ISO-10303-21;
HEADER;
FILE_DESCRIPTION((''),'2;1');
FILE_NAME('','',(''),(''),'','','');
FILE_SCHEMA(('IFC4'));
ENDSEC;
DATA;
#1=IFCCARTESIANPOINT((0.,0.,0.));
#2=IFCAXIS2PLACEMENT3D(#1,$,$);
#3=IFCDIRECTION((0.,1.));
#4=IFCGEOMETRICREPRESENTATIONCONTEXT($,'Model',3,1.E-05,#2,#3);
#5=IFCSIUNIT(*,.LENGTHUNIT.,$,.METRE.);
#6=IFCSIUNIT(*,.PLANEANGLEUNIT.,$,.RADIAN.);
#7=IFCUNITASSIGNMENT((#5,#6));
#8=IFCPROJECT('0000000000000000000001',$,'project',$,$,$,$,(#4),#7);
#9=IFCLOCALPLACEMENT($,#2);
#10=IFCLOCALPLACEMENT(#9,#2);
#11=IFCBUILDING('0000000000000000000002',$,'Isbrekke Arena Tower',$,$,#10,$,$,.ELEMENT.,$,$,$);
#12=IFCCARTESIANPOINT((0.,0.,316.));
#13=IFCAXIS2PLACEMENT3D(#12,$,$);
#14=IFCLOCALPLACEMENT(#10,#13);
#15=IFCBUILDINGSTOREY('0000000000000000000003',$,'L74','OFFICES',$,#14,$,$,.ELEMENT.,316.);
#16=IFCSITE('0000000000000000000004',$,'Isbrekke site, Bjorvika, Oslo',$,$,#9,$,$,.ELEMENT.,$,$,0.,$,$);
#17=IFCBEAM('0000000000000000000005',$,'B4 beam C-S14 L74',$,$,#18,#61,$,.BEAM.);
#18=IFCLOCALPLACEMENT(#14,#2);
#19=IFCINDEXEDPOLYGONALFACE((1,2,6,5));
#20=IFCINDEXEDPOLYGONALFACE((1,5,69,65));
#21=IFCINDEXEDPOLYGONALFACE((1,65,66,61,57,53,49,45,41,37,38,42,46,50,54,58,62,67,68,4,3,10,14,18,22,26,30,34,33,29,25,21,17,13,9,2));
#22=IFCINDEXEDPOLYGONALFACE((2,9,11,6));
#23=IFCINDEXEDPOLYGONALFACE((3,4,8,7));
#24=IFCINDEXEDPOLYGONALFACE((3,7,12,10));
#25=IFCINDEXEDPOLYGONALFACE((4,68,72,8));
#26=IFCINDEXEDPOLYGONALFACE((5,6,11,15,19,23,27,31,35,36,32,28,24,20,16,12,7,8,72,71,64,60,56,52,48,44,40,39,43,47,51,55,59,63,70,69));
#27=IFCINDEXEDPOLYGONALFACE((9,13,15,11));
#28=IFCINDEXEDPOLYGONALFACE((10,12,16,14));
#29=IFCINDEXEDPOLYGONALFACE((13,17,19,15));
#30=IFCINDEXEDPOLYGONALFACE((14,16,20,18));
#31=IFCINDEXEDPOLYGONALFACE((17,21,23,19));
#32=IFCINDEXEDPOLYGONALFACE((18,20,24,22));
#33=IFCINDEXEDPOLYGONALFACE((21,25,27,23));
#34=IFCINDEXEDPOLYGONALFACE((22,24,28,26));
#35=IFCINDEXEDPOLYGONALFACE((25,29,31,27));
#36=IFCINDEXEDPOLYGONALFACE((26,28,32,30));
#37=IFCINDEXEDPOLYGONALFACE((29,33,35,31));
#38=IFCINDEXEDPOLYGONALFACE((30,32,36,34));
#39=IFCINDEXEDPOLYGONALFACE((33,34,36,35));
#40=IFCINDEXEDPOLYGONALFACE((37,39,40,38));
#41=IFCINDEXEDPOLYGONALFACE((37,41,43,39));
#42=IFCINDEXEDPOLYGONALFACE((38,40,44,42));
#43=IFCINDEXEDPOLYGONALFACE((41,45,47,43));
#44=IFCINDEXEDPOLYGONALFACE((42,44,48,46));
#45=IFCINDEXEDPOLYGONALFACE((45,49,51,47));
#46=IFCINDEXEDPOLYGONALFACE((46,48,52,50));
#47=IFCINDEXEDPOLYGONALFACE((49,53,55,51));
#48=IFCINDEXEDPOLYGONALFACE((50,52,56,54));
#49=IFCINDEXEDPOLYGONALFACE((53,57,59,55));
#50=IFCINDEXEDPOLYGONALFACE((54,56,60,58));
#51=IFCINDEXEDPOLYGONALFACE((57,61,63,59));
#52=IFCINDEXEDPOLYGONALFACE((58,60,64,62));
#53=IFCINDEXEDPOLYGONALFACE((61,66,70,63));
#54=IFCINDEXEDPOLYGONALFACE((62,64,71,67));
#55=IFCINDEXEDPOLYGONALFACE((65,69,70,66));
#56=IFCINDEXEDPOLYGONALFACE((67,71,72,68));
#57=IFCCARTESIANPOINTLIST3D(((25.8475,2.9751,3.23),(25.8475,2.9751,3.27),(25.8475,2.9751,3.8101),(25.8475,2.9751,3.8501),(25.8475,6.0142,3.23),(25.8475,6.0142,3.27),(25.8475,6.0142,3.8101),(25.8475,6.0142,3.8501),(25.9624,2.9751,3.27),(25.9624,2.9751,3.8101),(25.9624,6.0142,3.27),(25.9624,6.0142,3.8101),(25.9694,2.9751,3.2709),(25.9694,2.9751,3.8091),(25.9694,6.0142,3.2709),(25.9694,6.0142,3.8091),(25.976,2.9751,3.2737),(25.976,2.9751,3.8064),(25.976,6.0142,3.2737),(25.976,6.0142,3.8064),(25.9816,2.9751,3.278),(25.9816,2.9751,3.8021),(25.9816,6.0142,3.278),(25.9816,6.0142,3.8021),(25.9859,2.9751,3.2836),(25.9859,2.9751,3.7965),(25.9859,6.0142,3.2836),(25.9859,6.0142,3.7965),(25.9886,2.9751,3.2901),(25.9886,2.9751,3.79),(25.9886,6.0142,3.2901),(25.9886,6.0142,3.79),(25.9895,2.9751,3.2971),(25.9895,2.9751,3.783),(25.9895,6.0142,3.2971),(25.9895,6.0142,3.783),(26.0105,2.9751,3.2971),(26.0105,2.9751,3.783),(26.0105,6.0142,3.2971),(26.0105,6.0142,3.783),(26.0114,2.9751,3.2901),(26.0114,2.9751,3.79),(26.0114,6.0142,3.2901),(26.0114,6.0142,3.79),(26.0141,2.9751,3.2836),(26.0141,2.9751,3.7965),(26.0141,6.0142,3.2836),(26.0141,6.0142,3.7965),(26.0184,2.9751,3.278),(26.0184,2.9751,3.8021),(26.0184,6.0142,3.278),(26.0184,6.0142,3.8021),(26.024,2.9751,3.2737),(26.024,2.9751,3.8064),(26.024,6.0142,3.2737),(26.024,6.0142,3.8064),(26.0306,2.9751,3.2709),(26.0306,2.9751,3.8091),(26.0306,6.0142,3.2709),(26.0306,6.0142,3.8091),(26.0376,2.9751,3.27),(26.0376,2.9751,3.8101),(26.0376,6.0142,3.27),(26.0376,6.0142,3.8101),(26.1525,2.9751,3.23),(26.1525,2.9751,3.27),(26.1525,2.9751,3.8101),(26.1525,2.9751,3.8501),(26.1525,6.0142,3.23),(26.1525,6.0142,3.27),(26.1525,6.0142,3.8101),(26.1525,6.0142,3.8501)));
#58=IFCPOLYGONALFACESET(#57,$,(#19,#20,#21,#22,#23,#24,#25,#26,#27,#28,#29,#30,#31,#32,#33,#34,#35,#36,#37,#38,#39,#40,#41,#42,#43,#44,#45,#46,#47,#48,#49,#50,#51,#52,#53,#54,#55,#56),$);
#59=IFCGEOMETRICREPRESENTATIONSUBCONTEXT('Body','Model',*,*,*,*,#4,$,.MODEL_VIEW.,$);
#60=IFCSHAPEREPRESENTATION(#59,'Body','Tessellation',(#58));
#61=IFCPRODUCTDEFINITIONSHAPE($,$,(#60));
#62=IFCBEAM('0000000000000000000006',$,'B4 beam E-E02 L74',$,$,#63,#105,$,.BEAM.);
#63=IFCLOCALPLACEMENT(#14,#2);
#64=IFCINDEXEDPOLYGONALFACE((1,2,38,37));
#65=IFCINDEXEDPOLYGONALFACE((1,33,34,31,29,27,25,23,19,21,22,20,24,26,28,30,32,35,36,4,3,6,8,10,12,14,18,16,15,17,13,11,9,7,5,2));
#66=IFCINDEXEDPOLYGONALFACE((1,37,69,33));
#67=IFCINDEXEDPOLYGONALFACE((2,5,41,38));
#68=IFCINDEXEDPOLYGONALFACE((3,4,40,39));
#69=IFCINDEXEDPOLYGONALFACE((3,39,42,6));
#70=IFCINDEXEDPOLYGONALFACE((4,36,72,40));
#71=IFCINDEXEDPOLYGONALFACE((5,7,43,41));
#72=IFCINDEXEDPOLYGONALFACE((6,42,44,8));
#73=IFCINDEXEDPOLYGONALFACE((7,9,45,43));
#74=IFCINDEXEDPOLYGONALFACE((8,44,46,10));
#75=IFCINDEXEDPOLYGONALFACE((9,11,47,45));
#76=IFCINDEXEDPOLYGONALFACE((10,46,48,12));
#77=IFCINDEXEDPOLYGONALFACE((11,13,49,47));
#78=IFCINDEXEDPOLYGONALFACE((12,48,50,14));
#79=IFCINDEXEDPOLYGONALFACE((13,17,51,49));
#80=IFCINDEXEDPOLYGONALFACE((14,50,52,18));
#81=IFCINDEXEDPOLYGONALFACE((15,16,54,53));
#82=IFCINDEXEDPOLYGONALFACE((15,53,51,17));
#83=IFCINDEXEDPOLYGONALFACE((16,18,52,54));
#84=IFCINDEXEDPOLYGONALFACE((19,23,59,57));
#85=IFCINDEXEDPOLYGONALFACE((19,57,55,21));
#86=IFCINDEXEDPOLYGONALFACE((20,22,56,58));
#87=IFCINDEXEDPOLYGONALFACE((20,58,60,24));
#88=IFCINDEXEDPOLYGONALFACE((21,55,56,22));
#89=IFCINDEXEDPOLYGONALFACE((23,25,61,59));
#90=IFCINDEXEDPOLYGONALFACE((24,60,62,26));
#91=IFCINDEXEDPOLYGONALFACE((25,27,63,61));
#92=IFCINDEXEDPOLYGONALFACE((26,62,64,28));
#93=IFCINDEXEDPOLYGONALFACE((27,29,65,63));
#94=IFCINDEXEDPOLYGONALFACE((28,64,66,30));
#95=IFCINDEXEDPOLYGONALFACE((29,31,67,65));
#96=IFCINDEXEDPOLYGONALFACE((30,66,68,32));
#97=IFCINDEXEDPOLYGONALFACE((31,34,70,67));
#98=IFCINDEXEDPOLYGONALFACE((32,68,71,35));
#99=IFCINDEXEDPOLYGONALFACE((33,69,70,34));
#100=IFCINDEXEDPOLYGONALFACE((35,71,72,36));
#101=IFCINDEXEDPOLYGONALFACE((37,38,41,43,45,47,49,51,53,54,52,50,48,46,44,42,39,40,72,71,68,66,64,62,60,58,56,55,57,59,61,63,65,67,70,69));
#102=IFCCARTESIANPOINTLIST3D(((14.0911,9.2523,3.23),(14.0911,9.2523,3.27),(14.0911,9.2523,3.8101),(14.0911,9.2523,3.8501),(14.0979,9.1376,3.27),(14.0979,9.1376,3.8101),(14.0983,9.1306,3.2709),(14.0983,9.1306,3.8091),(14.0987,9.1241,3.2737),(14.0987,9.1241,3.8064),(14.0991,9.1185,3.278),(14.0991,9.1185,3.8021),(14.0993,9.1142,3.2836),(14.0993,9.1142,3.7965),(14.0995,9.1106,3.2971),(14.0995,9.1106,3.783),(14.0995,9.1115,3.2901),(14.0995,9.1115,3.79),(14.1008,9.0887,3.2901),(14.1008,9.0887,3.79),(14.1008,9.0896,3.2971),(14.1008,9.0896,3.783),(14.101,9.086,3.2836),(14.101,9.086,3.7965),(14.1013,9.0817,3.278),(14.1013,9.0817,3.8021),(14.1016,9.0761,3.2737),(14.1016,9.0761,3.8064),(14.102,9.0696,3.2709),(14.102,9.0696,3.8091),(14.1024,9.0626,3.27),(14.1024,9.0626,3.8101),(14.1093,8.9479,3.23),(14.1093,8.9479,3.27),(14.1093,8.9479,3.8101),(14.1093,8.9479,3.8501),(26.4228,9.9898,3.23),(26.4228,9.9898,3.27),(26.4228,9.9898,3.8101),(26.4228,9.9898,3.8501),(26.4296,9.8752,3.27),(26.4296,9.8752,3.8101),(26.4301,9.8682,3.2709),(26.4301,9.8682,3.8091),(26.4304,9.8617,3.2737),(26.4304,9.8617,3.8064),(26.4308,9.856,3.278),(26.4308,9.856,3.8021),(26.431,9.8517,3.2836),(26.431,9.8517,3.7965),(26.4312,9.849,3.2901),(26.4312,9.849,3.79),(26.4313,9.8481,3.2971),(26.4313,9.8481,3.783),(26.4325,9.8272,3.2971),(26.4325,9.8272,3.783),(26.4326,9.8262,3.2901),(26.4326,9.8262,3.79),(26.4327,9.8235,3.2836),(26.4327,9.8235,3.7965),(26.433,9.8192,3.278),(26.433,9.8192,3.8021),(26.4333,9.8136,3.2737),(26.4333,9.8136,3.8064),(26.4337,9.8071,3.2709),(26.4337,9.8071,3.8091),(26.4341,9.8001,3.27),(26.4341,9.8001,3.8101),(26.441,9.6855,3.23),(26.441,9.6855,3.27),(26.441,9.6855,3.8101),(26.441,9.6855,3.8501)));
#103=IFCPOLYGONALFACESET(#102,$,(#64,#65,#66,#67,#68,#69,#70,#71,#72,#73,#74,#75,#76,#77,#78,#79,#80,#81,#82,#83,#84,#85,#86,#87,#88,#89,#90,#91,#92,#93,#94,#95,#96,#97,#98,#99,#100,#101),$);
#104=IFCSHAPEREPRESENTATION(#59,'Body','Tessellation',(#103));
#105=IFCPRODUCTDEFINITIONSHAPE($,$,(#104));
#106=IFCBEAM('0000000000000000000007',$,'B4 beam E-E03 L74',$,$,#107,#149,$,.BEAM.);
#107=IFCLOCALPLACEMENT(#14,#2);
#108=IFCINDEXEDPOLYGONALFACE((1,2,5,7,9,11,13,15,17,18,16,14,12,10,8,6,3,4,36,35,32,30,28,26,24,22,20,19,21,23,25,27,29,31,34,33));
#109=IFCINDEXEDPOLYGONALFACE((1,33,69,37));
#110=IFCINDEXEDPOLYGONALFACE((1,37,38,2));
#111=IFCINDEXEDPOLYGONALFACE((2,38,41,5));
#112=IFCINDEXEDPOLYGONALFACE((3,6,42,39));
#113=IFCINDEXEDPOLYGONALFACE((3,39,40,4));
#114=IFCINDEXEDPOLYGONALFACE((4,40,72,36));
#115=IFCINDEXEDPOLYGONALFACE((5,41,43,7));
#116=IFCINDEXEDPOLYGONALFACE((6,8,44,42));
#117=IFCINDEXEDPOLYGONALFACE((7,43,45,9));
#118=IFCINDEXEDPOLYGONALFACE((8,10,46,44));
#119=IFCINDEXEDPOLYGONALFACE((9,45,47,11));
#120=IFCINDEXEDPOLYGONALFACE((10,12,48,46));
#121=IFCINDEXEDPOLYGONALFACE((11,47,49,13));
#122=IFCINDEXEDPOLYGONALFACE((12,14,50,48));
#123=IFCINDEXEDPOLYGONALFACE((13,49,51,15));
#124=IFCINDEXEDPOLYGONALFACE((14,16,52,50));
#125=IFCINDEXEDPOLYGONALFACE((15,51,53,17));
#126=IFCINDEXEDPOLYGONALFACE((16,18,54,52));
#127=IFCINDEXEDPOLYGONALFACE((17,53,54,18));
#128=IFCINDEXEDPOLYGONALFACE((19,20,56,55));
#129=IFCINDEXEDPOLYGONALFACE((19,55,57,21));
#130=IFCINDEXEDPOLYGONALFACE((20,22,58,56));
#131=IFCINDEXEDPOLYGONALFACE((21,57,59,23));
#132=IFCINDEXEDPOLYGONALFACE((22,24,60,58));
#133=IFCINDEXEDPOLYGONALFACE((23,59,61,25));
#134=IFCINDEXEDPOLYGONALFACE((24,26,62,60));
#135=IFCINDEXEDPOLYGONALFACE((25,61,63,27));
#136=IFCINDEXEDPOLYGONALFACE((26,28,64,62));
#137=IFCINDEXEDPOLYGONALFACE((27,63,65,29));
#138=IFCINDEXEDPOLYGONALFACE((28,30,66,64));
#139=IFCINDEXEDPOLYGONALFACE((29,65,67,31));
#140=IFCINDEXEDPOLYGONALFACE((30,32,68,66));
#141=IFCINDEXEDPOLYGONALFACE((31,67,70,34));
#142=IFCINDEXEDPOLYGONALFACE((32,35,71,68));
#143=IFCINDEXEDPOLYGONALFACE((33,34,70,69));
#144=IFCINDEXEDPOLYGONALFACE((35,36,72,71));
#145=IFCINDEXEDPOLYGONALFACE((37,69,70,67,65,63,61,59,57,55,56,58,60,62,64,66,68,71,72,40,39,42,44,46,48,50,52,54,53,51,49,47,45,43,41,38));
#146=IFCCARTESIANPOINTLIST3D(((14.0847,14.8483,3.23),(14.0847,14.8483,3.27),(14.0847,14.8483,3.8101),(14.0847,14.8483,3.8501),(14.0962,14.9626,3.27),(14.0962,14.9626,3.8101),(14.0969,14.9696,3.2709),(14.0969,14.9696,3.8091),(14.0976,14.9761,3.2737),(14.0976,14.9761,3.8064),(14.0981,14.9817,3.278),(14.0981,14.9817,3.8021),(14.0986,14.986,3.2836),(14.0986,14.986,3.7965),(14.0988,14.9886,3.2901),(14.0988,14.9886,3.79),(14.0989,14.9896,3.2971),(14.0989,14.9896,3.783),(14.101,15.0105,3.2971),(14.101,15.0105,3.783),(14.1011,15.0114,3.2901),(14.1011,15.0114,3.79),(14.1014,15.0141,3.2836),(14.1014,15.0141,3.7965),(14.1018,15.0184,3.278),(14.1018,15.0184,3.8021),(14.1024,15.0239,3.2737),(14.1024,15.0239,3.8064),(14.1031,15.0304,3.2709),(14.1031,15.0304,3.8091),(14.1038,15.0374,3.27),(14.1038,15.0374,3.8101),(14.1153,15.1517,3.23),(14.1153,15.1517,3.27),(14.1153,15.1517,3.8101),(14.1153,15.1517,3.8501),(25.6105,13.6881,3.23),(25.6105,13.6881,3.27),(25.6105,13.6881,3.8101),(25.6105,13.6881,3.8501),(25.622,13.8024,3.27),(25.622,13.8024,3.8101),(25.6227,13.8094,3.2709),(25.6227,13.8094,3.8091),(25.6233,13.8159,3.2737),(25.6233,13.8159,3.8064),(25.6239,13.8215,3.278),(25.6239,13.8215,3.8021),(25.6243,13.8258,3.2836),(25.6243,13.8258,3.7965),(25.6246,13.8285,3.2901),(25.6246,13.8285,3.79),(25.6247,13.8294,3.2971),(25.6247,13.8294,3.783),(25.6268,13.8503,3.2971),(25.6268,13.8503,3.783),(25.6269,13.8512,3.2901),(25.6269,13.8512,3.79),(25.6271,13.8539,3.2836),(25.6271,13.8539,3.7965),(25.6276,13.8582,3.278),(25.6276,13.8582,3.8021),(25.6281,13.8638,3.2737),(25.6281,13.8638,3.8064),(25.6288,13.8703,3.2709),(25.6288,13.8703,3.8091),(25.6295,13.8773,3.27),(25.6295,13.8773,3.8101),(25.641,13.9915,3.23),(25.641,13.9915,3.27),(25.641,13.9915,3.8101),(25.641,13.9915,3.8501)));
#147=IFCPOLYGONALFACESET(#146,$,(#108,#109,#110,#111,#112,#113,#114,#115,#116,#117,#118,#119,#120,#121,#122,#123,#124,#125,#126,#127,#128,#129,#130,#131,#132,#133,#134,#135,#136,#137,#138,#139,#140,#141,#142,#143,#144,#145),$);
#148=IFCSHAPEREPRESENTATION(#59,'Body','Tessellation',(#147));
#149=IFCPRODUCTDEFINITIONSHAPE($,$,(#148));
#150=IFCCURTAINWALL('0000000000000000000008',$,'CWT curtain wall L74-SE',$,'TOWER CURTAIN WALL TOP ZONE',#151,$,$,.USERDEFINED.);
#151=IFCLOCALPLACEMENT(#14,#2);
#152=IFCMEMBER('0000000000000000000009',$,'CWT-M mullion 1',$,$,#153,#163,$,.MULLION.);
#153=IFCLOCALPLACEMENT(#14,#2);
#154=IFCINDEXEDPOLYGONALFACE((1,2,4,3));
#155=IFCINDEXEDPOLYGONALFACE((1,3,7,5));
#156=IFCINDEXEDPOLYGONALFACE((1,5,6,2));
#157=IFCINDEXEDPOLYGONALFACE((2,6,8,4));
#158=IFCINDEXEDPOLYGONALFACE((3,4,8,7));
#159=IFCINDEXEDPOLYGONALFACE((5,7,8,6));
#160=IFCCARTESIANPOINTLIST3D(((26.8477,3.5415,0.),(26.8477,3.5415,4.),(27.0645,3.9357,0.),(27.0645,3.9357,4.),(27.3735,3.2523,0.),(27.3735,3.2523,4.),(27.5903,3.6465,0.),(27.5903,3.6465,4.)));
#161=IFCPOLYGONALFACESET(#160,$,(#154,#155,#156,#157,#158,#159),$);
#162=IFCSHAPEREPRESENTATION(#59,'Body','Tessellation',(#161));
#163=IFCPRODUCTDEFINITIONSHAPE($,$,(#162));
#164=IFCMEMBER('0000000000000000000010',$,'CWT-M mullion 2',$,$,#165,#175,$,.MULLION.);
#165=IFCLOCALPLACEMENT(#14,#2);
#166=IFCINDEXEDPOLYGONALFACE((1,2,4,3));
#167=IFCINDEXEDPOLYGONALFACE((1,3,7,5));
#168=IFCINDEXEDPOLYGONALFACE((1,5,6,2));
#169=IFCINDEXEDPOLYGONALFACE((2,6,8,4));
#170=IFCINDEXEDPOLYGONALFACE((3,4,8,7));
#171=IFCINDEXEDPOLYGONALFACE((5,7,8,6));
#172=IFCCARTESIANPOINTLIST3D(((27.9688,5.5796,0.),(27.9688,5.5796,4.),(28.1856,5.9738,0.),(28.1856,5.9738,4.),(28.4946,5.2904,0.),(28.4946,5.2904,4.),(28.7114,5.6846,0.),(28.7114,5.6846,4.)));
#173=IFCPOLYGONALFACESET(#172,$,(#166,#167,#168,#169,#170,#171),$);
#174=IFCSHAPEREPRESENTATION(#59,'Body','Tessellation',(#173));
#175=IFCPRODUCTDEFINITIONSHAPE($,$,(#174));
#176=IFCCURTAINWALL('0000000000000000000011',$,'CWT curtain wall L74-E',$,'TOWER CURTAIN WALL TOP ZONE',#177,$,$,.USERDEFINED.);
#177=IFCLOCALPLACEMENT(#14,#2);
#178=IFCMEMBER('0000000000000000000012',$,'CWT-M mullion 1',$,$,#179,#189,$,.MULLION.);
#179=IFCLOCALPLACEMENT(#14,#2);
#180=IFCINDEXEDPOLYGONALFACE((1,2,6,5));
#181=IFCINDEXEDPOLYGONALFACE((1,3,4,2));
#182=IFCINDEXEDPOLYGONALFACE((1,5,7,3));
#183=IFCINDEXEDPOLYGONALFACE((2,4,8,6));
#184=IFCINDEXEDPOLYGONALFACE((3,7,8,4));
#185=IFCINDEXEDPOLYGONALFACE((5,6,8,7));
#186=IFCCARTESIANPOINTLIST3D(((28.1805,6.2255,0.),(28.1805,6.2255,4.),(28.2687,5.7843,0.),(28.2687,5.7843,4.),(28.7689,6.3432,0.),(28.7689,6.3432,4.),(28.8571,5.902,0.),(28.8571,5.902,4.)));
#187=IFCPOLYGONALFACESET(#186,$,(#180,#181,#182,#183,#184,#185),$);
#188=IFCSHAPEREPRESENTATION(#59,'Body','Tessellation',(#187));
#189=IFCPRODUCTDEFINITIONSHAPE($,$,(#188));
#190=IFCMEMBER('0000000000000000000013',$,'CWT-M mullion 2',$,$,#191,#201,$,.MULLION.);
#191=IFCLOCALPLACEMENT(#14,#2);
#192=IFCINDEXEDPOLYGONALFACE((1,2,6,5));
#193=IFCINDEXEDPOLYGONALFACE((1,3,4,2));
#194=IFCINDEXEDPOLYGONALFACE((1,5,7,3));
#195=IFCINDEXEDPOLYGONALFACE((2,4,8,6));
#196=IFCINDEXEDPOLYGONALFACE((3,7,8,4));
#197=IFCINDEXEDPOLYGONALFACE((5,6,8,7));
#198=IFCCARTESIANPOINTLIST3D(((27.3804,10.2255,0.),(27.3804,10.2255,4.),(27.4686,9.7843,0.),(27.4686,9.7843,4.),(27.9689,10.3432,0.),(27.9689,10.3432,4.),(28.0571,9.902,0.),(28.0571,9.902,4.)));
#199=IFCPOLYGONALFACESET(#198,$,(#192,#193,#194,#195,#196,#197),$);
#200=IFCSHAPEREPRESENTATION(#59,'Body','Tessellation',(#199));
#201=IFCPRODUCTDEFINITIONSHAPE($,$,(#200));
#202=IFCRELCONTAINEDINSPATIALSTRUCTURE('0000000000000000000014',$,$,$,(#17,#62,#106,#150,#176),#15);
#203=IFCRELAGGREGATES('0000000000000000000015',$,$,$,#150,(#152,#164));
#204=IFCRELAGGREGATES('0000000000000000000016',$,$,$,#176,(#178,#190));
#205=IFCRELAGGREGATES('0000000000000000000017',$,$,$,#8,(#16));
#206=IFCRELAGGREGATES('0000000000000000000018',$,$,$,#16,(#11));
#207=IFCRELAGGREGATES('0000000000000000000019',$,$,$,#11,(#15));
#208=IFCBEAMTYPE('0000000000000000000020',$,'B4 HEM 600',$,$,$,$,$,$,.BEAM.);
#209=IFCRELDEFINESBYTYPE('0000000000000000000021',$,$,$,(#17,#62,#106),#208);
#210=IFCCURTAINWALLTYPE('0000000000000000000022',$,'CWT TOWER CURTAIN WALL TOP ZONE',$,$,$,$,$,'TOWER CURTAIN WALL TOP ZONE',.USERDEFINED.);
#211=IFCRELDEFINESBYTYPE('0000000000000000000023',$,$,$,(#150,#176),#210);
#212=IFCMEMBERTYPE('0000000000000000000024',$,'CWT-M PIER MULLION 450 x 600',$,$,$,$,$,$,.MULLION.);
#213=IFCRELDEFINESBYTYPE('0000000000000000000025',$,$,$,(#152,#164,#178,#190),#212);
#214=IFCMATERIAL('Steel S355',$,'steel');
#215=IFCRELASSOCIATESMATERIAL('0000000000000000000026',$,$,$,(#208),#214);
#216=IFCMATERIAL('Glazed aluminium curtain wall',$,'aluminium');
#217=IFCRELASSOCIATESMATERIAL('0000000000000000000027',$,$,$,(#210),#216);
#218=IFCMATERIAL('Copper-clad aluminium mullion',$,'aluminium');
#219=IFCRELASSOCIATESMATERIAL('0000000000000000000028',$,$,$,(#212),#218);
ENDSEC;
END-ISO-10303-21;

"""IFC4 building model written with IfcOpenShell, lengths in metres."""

from ifc_helpers import new_model, si_unit, direction, frame, origin, origin_2d, place, context, subcontext, project, spatial, rectangle, i_section, extrude, material, material_profile, profile_set, type_object, element, aggregate, save


model = new_model("IFC4")

# Units and contexts
model_context = context("Model", 3, precision=1e-05, world=origin(), true_north=direction((0.0, 1.0)))
body_context = subcontext(model_context, "Body", "Model", "MODEL_VIEW")
ifc_project = project(units=[si_unit("LENGTHUNIT", "METRE"), si_unit("PLANEANGLEUNIT", "RADIAN")], contexts=[model_context])

# Site, building, storey
site_placement = place(None, origin())
site = spatial("IfcSite", under=ifc_project, at=site_placement, Name="Isbrekke site, Bjorvika, Oslo", CompositionType="ELEMENT", RefElevation=0.0)
building_placement = place(site_placement, origin())
building = spatial("IfcBuilding", under=site, at=building_placement, Name="Isbrekke Arena Tower", CompositionType="ELEMENT")
storey_placement = place(building_placement, frame((0.0, 0.0, 316.0)))
storey = spatial("IfcBuildingStorey", under=building, at=storey_placement, Name="L74", Description="OFFICES", CompositionType="ELEMENT", Elevation=316.0)

# Beams
ifc_material_1 = material(Name="Steel S355", Category="steel")
ifc_material_profile_1 = material_profile(ifc_material_1, i_section(OverallWidth=0.3049, OverallDepth=0.6201, WebThickness=0.021, FlangeThickness=0.04, FilletRadius=0.0271, at=origin_2d()), Name="HEM 600")
ifc_profile_set_1 = profile_set([ifc_material_profile_1], Name="Steel S355")
beam_type_1 = type_object("IfcBeamType", Name="B4 HEM 600", PredefinedType="BEAM", material=ifc_profile_set_1)
beam_1_placement = place(storey_placement, frame((26.0, 2.9751, 3.54), z_axis=(0.0, 1.0, 0.0), x_axis=(-1.0, 0.0, 0.0)))
element("IfcBeam", 1, at=beam_1_placement, inside=storey, type_object=beam_type_1, Name="B4 beam C-S14 L74", PredefinedType="BEAM", context=body_context, shape_type="SweptSolid", body=[
    extrude(i_section(OverallWidth=0.3049, OverallDepth=0.6201, WebThickness=0.021, FlangeThickness=0.04, FilletRadius=0.0271, at=origin_2d()), origin(), (0.0, 0.0, 1.0), 3.0391),
])
beam_2_placement = place(storey_placement, frame((26.4319, 9.8376, 3.54), z_axis=(-0.998216, -0.059702, 0.0), x_axis=(0.059702, -0.998216, 0.0)))
element("IfcBeam", 2, at=beam_2_placement, inside=storey, type_object=beam_type_1, Name="B4 beam E-E02 L74", PredefinedType="BEAM", context=body_context, shape_type="SweptSolid", body=[
    extrude(i_section(OverallWidth=0.3049, OverallDepth=0.6201, WebThickness=0.021, FlangeThickness=0.04, FilletRadius=0.0271, at=origin_2d()), origin(), (0.0, 0.0, 1.0), 12.3538),
])
beam_3_placement = place(storey_placement, frame((25.6257, 13.8398, 3.54), z_axis=(-0.994972, 0.100153, 0.0), x_axis=(-0.100153, -0.994972, 0.0)))
element("IfcBeam", 3, at=beam_3_placement, inside=storey, type_object=beam_type_1, Name="B4 beam E-E03 L74", PredefinedType="BEAM", context=body_context, shape_type="SweptSolid", body=[
    extrude(i_section(OverallWidth=0.3049, OverallDepth=0.6201, WebThickness=0.021, FlangeThickness=0.04, FilletRadius=0.0271, at=origin_2d()), origin(), (0.0, 0.0, 1.0), 11.584),
])

# Curtain walls, members
ifc_material_2 = material(Name="Glazed aluminium curtain wall", Category="aluminium")
curtain_wall_type = type_object("IfcCurtainWallType", Name="CWT TOWER CURTAIN WALL TOP ZONE", ElementType="TOWER CURTAIN WALL TOP ZONE", PredefinedType="USERDEFINED", material=ifc_material_2)
curtain_wall_1_placement = place(storey_placement, origin())
curtain_wall_1 = element("IfcCurtainWall", 4, at=curtain_wall_1_placement, inside=storey, type_object=curtain_wall_type, Name="CWT curtain wall L74-SE", ObjectType="TOWER CURTAIN WALL TOP ZONE", PredefinedType="USERDEFINED")
ifc_material_3 = material(Name="Copper-clad aluminium mullion", Category="aluminium")
ifc_material_profile_2 = material_profile(ifc_material_3, rectangle(XDim=0.45, YDim=0.6001, at=origin_2d()), Name="PIER 450X600")
ifc_profile_set_2 = profile_set([ifc_material_profile_2], Name="Copper-clad aluminium mullion")
member_type_1 = type_object("IfcMemberType", Name="CWT-M PIER MULLION 450 x 600", PredefinedType="MULLION", material=ifc_profile_set_2)
member_1_placement = place(storey_placement, frame((27.219, 3.594, 0.0), z_axis=(0.0, 0.0, 1.0), x_axis=(0.481919, 0.876216, 0.0)))
member_1 = element("IfcMember", 5, at=member_1_placement, type_object=member_type_1, Name="CWT-M mullion 1", PredefinedType="MULLION", context=body_context, shape_type="SweptSolid", body=[
    extrude(rectangle(XDim=0.45, YDim=0.6001, at=origin_2d()), origin(), (0.0, 0.0, 1.0), 4.0),
])
member_2_placement = place(storey_placement, frame((28.3401, 5.6321, 0.0), z_axis=(0.0, 0.0, 1.0), x_axis=(0.481919, 0.876216, 0.0)))
member_2 = element("IfcMember", 6, at=member_2_placement, type_object=member_type_1, Name="CWT-M mullion 2", PredefinedType="MULLION", context=body_context, shape_type="SweptSolid", body=[
    extrude(rectangle(XDim=0.45, YDim=0.6001, at=origin_2d()), origin(), (0.0, 0.0, 1.0), 4.0),
])
curtain_wall_2_placement = place(storey_placement, origin())
curtain_wall_2 = element("IfcCurtainWall", 7, at=curtain_wall_2_placement, inside=storey, type_object=curtain_wall_type, Name="CWT curtain wall L74-E", ObjectType="TOWER CURTAIN WALL TOP ZONE", PredefinedType="USERDEFINED")
member_3_placement = place(storey_placement, frame((28.5188, 6.0637, 0.0), z_axis=(0.0, 0.0, 1.0), x_axis=(-0.196116, 0.980581, 0.0)))
member_3 = element("IfcMember", 8, at=member_3_placement, type_object=member_type_1, Name="CWT-M mullion 1", PredefinedType="MULLION", context=body_context, shape_type="SweptSolid", body=[
    extrude(rectangle(XDim=0.45, YDim=0.6001, at=origin_2d()), origin(), (0.0, 0.0, 1.0), 4.0),
])
member_4_placement = place(storey_placement, frame((27.7188, 10.0637, 0.0), z_axis=(0.0, 0.0, 1.0), x_axis=(-0.196116, 0.980581, 0.0)))
member_4 = element("IfcMember", 9, at=member_4_placement, type_object=member_type_1, Name="CWT-M mullion 2", PredefinedType="MULLION", context=body_context, shape_type="SweptSolid", body=[
    extrude(rectangle(XDim=0.45, YDim=0.6001, at=origin_2d()), origin(), (0.0, 0.0, 1.0), 4.0),
])

aggregate(curtain_wall_1, [member_1, member_2])
aggregate(curtain_wall_2, [member_3, member_4])

save(model, "model.ifc")
